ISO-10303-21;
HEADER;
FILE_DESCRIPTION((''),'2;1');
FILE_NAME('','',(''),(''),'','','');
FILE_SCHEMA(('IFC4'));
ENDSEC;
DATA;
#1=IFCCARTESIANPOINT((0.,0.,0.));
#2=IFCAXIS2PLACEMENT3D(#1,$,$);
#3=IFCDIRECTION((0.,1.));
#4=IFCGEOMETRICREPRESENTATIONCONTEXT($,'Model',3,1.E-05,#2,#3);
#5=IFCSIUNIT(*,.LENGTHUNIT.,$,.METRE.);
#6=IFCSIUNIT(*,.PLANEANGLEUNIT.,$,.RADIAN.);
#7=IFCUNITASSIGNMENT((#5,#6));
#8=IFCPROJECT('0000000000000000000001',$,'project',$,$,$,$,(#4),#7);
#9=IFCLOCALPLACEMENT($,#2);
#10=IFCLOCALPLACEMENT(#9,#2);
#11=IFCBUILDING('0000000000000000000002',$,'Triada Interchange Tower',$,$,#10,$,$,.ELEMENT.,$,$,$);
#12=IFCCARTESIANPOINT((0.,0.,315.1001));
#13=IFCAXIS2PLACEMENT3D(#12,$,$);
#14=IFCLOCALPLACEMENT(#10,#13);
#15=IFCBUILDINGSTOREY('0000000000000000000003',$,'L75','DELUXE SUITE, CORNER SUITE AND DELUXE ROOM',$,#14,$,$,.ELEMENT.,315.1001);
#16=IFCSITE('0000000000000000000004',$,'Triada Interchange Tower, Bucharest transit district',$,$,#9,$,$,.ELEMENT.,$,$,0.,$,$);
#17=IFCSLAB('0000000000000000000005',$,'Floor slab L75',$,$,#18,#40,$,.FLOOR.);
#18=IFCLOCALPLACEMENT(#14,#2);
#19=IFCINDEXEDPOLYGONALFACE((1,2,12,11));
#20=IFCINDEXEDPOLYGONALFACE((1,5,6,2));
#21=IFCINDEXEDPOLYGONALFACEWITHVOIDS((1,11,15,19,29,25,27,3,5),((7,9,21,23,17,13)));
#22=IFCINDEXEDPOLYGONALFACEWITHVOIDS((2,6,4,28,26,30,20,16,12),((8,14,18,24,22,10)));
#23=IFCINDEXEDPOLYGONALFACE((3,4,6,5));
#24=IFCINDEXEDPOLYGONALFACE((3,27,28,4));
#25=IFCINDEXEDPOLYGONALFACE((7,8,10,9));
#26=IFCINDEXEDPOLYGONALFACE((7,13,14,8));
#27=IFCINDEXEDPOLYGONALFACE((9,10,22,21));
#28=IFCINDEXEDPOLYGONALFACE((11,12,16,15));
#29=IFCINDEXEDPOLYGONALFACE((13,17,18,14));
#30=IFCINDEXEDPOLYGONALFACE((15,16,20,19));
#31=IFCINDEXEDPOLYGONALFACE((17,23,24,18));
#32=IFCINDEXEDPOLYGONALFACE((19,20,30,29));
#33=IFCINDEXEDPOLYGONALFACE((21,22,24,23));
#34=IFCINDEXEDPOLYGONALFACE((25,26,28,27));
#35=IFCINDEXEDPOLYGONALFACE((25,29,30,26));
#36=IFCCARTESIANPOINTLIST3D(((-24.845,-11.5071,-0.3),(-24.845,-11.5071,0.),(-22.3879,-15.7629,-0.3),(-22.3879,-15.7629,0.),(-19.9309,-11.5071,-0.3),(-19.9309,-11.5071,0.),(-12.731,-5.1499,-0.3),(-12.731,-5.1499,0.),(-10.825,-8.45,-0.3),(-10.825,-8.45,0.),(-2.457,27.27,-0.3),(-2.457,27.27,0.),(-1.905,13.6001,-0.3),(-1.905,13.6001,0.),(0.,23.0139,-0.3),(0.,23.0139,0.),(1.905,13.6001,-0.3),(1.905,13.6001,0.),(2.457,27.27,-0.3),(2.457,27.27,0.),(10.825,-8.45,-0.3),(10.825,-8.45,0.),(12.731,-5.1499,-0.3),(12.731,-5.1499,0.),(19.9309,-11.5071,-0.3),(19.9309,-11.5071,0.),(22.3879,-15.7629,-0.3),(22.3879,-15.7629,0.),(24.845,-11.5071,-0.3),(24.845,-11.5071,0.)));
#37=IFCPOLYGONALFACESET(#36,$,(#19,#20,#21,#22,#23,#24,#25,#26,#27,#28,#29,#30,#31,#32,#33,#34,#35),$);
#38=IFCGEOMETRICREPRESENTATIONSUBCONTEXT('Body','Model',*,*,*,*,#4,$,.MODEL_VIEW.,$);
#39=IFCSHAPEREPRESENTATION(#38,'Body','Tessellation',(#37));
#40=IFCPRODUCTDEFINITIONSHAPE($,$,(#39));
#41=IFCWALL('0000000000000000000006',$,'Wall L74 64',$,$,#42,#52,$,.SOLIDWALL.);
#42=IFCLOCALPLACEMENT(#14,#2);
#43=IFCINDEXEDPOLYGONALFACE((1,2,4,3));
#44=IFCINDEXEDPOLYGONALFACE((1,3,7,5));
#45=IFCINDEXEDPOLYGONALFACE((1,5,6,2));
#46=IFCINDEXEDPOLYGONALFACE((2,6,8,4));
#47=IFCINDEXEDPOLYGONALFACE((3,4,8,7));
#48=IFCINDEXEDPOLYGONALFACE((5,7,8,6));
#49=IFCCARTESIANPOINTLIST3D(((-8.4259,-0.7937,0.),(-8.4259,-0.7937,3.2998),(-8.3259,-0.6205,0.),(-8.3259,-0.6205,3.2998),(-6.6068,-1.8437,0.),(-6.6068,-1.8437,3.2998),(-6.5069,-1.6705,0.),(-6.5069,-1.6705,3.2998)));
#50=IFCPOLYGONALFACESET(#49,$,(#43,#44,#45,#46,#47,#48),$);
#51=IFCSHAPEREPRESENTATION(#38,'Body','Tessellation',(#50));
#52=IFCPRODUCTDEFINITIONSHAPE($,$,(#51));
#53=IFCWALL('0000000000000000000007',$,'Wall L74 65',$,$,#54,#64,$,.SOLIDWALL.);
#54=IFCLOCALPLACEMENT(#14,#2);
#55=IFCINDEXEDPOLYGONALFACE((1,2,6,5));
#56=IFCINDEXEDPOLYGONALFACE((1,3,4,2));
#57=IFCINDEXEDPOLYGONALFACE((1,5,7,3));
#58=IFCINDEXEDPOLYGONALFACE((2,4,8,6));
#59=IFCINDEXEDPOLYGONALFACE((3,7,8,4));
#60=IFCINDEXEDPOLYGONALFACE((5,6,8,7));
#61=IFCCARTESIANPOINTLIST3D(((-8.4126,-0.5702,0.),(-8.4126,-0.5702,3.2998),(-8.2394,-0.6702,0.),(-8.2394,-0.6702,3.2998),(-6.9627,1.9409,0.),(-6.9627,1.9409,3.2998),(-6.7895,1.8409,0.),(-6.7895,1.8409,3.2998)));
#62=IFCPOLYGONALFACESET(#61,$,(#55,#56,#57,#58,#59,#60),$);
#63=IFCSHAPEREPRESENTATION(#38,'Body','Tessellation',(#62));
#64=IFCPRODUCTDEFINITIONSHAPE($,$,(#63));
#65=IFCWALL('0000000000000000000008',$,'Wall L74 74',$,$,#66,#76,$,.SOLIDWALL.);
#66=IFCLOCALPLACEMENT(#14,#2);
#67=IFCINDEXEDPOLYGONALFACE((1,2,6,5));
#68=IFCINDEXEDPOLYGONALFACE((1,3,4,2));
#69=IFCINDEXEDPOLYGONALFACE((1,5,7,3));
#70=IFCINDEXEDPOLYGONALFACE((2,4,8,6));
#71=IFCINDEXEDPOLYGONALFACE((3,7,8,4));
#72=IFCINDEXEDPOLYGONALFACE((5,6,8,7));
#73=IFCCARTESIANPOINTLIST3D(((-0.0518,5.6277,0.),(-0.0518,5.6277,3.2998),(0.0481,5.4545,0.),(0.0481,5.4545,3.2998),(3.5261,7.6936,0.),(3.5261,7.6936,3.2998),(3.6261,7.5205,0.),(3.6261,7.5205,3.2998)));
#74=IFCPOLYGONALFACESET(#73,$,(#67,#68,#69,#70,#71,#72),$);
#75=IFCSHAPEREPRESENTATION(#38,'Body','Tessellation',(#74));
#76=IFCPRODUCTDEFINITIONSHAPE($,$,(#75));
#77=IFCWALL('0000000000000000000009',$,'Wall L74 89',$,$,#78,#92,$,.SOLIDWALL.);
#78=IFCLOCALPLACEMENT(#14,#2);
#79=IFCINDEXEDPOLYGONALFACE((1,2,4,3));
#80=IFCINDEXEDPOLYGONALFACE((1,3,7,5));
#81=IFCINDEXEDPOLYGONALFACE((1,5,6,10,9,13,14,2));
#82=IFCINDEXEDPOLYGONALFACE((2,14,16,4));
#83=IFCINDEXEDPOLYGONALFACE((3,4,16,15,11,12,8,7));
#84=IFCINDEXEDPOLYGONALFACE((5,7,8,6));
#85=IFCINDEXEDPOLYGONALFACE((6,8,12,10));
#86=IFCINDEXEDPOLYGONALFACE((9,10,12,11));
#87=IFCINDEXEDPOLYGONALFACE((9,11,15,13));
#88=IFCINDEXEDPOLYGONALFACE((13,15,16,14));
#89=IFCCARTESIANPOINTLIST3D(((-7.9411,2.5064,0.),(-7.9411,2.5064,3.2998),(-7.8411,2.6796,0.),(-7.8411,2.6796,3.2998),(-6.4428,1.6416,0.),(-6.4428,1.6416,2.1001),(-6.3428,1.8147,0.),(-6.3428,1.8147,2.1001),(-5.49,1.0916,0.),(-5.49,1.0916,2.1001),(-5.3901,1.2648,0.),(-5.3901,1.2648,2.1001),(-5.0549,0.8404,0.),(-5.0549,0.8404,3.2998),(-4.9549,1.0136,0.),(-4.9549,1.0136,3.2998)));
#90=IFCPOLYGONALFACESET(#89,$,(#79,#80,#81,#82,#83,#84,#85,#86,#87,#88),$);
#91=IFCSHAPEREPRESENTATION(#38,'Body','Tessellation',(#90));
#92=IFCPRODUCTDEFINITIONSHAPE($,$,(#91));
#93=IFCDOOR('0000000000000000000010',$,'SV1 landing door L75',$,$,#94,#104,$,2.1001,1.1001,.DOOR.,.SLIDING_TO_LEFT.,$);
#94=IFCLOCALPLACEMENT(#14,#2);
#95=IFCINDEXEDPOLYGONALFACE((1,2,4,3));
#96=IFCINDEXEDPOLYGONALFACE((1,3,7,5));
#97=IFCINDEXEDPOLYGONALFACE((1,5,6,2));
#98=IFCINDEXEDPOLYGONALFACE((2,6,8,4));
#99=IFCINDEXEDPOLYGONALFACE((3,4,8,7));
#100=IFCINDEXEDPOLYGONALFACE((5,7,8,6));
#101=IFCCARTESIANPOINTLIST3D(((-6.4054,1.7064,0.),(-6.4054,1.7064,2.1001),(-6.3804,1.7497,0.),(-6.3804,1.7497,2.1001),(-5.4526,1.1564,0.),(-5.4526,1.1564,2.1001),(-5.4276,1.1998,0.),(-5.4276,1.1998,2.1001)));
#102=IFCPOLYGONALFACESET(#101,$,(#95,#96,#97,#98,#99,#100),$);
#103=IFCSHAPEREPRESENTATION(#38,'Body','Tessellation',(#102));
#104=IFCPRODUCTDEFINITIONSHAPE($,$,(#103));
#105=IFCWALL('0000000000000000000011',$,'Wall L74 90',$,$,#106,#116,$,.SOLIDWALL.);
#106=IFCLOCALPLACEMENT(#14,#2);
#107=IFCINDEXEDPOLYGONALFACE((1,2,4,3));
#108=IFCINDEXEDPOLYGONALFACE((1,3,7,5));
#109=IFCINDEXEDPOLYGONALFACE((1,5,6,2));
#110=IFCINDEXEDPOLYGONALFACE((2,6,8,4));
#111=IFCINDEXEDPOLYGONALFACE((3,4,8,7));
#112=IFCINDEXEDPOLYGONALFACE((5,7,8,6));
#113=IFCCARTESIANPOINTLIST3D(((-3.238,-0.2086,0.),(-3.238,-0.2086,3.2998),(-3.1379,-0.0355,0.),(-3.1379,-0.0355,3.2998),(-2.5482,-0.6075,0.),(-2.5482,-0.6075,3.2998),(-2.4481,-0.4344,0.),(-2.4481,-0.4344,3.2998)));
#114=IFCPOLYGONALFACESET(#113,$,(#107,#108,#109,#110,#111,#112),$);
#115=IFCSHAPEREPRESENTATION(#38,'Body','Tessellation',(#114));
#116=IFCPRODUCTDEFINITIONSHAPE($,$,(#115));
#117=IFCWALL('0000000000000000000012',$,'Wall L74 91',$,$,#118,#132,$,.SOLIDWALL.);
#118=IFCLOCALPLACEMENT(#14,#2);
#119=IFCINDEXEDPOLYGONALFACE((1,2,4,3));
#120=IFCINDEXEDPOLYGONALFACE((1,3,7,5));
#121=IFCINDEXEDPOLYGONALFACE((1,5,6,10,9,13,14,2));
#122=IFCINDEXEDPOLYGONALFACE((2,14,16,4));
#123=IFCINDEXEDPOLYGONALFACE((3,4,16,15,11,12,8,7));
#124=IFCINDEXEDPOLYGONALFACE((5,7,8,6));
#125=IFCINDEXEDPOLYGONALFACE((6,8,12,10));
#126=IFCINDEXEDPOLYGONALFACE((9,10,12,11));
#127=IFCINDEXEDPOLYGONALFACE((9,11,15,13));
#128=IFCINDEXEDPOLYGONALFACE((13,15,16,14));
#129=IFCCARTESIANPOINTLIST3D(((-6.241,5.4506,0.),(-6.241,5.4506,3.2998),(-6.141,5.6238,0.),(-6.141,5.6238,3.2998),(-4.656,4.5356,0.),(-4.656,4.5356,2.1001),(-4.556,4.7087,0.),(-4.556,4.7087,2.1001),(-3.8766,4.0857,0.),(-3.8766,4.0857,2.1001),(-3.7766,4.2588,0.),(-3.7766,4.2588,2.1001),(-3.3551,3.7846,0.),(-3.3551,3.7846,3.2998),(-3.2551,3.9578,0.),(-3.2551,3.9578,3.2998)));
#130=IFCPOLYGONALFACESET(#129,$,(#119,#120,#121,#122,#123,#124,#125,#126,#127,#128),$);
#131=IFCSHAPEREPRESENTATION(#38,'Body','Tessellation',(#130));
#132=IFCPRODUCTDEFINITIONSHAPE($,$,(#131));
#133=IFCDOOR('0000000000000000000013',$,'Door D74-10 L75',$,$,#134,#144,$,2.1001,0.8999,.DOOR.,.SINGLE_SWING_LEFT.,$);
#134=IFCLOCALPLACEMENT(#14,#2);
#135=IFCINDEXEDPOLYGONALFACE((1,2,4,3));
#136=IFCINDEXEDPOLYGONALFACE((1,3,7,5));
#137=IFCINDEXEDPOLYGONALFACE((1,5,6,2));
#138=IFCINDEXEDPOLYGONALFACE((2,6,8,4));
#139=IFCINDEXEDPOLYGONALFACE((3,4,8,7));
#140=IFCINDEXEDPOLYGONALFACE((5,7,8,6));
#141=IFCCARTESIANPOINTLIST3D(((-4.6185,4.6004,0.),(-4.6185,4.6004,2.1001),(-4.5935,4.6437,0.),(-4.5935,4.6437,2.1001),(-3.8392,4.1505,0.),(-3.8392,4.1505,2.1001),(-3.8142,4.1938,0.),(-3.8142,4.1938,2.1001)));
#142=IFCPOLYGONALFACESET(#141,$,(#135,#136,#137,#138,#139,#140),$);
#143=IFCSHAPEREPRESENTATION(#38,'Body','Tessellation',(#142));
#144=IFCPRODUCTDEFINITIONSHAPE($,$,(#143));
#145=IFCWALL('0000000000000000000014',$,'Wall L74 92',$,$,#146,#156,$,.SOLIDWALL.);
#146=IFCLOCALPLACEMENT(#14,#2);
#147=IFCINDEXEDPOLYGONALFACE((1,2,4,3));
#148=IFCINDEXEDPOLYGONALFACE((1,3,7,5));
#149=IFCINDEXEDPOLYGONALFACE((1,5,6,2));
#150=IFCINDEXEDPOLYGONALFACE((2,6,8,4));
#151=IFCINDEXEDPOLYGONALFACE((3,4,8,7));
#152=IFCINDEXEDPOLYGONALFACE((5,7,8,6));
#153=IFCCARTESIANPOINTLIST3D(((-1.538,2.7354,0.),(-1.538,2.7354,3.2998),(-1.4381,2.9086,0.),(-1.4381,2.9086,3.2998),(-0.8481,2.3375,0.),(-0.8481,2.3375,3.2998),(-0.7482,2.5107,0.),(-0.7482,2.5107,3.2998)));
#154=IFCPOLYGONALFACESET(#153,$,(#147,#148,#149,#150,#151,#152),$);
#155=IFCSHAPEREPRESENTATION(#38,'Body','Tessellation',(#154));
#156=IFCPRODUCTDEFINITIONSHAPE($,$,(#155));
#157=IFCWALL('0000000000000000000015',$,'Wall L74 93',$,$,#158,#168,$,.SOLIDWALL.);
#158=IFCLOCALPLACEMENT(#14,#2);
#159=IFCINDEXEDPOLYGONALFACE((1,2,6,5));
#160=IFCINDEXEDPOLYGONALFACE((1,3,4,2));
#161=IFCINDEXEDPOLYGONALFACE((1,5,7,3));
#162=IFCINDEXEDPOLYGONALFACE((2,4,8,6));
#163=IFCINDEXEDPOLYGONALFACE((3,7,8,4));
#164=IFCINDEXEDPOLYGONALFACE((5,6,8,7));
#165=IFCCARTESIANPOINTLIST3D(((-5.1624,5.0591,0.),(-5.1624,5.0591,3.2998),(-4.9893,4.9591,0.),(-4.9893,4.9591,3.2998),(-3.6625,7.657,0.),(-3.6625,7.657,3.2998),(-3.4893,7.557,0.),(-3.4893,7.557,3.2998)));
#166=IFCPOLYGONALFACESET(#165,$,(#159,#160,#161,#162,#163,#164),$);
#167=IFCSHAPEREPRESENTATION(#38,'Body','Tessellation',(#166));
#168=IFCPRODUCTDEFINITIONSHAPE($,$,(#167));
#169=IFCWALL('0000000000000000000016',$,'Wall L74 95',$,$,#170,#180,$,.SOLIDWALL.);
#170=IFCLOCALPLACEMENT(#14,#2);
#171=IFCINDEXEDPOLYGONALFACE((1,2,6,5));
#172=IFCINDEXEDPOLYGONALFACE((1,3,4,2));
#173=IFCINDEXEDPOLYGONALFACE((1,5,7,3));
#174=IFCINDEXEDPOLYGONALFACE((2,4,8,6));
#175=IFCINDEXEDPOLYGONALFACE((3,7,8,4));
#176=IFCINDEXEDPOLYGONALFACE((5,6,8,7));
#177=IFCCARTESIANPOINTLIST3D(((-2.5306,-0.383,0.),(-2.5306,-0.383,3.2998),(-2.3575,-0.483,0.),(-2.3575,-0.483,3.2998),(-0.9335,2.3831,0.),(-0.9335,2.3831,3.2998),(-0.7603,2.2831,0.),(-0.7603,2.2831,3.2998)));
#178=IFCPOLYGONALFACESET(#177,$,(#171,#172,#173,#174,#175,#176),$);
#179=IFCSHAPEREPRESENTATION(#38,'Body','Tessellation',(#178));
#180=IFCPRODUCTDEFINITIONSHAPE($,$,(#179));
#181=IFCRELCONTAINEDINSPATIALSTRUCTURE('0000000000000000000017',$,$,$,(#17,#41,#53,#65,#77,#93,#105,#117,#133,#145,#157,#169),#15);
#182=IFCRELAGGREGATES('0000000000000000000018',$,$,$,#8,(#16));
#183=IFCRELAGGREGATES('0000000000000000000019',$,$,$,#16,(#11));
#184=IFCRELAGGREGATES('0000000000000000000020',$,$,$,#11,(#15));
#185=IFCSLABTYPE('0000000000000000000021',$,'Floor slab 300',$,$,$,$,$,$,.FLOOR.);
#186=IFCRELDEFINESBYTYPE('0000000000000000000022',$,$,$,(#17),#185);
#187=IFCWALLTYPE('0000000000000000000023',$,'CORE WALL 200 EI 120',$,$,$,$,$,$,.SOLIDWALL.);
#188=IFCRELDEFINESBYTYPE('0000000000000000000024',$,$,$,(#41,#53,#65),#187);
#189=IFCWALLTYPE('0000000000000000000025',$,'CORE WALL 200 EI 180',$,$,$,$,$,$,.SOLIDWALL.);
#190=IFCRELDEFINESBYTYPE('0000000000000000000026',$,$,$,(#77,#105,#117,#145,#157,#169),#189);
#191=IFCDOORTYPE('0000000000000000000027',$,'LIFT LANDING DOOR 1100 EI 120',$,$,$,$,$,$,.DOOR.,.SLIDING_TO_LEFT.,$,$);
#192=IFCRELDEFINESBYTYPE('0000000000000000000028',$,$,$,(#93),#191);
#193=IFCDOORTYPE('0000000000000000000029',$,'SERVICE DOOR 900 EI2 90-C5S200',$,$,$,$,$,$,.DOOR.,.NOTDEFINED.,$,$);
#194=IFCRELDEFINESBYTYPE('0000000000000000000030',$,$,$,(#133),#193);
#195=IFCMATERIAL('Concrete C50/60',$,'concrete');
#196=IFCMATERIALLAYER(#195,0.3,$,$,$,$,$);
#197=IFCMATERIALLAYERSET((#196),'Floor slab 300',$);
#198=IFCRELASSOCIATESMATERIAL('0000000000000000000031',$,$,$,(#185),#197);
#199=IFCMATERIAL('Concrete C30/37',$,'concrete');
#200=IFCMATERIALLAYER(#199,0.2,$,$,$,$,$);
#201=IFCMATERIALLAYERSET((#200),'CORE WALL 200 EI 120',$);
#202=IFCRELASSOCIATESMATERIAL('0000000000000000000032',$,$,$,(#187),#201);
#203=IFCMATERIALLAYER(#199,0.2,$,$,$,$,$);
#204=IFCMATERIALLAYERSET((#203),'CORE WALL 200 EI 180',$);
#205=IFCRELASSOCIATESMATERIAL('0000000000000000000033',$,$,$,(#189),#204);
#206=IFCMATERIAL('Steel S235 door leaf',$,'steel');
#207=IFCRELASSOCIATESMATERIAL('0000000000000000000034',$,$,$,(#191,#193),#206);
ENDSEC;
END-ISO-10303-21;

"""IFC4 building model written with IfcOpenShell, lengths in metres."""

from ifc_helpers import new_model, si_unit, direction, frame, frame_2d, origin, place, context, subcontext, project, spatial, polyline, rectangle, outline, extrude, material, layer, layer_set, type_object, element, fill, save


model = new_model("IFC4")

# Units and contexts
model_context = context("Model", 3, precision=1e-05, world=origin(), true_north=direction((0.0, 1.0)))
body_context = subcontext(model_context, "Body", "Model", "MODEL_VIEW")
ifc_project = project(units=[si_unit("LENGTHUNIT", "METRE"), si_unit("PLANEANGLEUNIT", "RADIAN")], contexts=[model_context])

# Site, building, storey
site_placement = place(None, origin())
site = spatial("IfcSite", under=ifc_project, at=site_placement, Name="Triada Interchange Tower, Bucharest transit district", CompositionType="ELEMENT", RefElevation=0.0)
building_placement = place(site_placement, origin())
building = spatial("IfcBuilding", under=site, at=building_placement, Name="Triada Interchange Tower", CompositionType="ELEMENT")
storey_placement = place(building_placement, frame((0.0, 0.0, 315.1001)))
storey = spatial("IfcBuildingStorey", under=building, at=storey_placement, Name="L75", Description="DELUXE SUITE, CORNER SUITE AND DELUXE ROOM", CompositionType="ELEMENT", Elevation=315.1001)

# Slab
ifc_material_1 = material(Name="Concrete C50/60", Category="concrete")
ifc_layer_1 = layer(ifc_material_1, 0.3)
ifc_layer_set_1 = layer_set([ifc_layer_1], Name="Floor slab 300")
slab_type = type_object("IfcSlabType", Name="Floor slab 300", PredefinedType="FLOOR", material=ifc_layer_set_1)
slab_placement = place(storey_placement, frame((0.0, 0.0, -0.3)))
element("IfcSlab", 1, at=slab_placement, inside=storey, type_object=slab_type, Name="Floor slab L75", PredefinedType="FLOOR", context=body_context, shape_type="SweptSolid", body=[
    extrude(outline(polyline([(-2.457, 27.27), (-24.845, -11.5071), (-19.9309, -11.5071), (-22.3879, -15.7629), (22.3879, -15.7629), (19.9309, -11.5071), (24.845, -11.5071), (2.457, 27.27), (0.0, 23.0139), (-2.457, 27.27)]), holes=[polyline([(1.905, 13.6001), (-1.905, 13.6001), (-12.731, -5.1499), (-10.825, -8.45), (10.825, -8.45), (12.731, -5.1499), (1.905, 13.6001)])]), origin(), (0.0, 0.0, 1.0), 0.3),
])

# Walls
ifc_material_2 = material(Name="Concrete C30/37", Category="concrete")
ifc_layer_2 = layer(ifc_material_2, 0.2)
ifc_layer_set_2 = layer_set([ifc_layer_2], Name="CORE WALL 200 EI 120")
wall_type_1 = type_object("IfcWallType", Name="CORE WALL 200 EI 120", PredefinedType="SOLIDWALL", material=ifc_layer_set_2)
wall_1_placement = place(storey_placement, frame((-8.376, -0.707, 0.0), z_axis=(0.0, 0.0, 1.0), x_axis=(0.866068, -0.499927, 0.0)))
element("IfcWall", 2, at=wall_1_placement, inside=storey, type_object=wall_type_1, Name="Wall L74 64", PredefinedType="SOLIDWALL", context=body_context, shape_type="SweptSolid", body=[
    extrude(rectangle(XDim=2.1003, YDim=0.2, at=frame_2d((1.0503, 0.0))), origin(), (0.0, 0.0, 1.0), 3.2998),
])
wall_2_placement = place(storey_placement, frame((-8.3259, -0.6201, 0.0), z_axis=(0.0, 0.0, 1.0), x_axis=(0.500024, 0.866012, 0.0)))
element("IfcWall", 3, at=wall_2_placement, inside=storey, type_object=wall_type_1, Name="Wall L74 65", PredefinedType="SOLIDWALL", context=body_context, shape_type="SweptSolid", body=[
    extrude(rectangle(XDim=2.8997, YDim=0.2, at=frame_2d((1.4497, 0.0))), origin(), (0.0, 0.0, 1.0), 3.2998),
])
wall_3_placement = place(storey_placement, frame((-0.002, 5.541, 0.0), z_axis=(0.0, 0.0, 1.0), x_axis=(0.866002, 0.500041, 0.0)))
element("IfcWall", 4, at=wall_3_placement, inside=storey, type_object=wall_type_1, Name="Wall L74 74", PredefinedType="SOLIDWALL", context=body_context, shape_type="SweptSolid", body=[
    extrude(rectangle(XDim=4.1316, YDim=0.2, at=frame_2d((2.0659, 0.0))), origin(), (0.0, 0.0, 1.0), 3.2998),
])

# Wall, opening, door
ifc_layer_3 = layer(ifc_material_2, 0.2)
ifc_layer_set_3 = layer_set([ifc_layer_3], Name="CORE WALL 200 EI 180")
wall_type_2 = type_object("IfcWallType", Name="CORE WALL 200 EI 180", PredefinedType="SOLIDWALL", material=ifc_layer_set_3)
wall_4_placement = place(storey_placement, frame((-7.8911, 2.593, 0.0), z_axis=(0.0, 0.0, 1.0), x_axis=(0.866071, -0.499921, 0.0)))
wall_4 = element("IfcWall", 5, at=wall_4_placement, inside=storey, type_object=wall_type_2, Name="Wall L74 89", PredefinedType="SOLIDWALL", context=body_context, shape_type="SweptSolid", body=[
    extrude(rectangle(XDim=3.3325, YDim=0.2, at=frame_2d((1.6663, 0.0))), origin(), (0.0, 0.0, 1.0), 3.2998),
])
opening_1_placement = place(wall_4_placement, frame((1.73, 0.0, 0.0)))
opening_1 = element("IfcOpeningElement", 6, at=opening_1_placement, cuts=wall_4, PredefinedType="OPENING", context=body_context, shape_type="SweptSolid", body=[
    extrude(rectangle(XDim=1.1001, YDim=2.1001, at=frame_2d((0.55, 1.05))), frame((0.0, 0.1099, 0.0), z_axis=(0.0, -1.0, 0.0), x_axis=(1.0, 0.0, 0.0)), (0.0, 0.0, 1.0), 0.22),
])
ifc_material_3 = material(Name="Steel S235 door leaf", Category="steel")
door_type_1 = type_object("IfcDoorType", Name="LIFT LANDING DOOR 1100 EI 120", OperationType="SLIDING_TO_LEFT", PredefinedType="DOOR", material=ifc_material_3)
door_1_placement = place(opening_1_placement, origin())
door_1 = element("IfcDoor", 7, at=door_1_placement, inside=storey, type_object=door_type_1, Name="SV1 landing door L75", OperationType="SLIDING_TO_LEFT", OverallHeight=2.1001, OverallWidth=1.1001, PredefinedType="DOOR", context=body_context, shape_type="SweptSolid", body=[
    extrude(rectangle(XDim=1.1001, YDim=2.1001, at=frame_2d((0.55, 1.05))), frame((0.0, 0.0249, 0.0), z_axis=(0.0, -1.0, 0.0), x_axis=(1.0, 0.0, 0.0)), (0.0, 0.0, 1.0), 0.05),
])
fill(opening_1, door_1)

# Wall
wall_5_placement = place(storey_placement, frame((-3.188, -0.1221, 0.0), z_axis=(0.0, 0.0, 1.0), x_axis=(0.865706, -0.500553, 0.0)))
element("IfcWall", 8, at=wall_5_placement, inside=storey, type_object=wall_type_2, Name="Wall L74 90", PredefinedType="SOLIDWALL", context=body_context, shape_type="SweptSolid", body=[
    extrude(rectangle(XDim=0.7969, YDim=0.2, at=frame_2d((0.3984, 0.0))), origin(), (0.0, 0.0, 1.0), 3.2998),
])

# Wall, opening, door
wall_6_placement = place(storey_placement, frame((-6.1909, 5.5371, 0.0), z_axis=(0.0, 0.0, 1.0), x_axis=(0.866053, -0.499953, 0.0)))
wall_6 = element("IfcWall", 9, at=wall_6_placement, inside=storey, type_object=wall_type_2, Name="Wall L74 91", PredefinedType="SOLIDWALL", context=body_context, shape_type="SweptSolid", body=[
    extrude(rectangle(XDim=3.3323, YDim=0.2, at=frame_2d((1.666, 0.0))), origin(), (0.0, 0.0, 1.0), 3.2998),
])
opening_2_placement = place(wall_6_placement, frame((1.8301, 0.0, 0.0)))
opening_2 = element("IfcOpeningElement", 10, at=opening_2_placement, cuts=wall_6, PredefinedType="OPENING", context=body_context, shape_type="SweptSolid", body=[
    extrude(rectangle(XDim=0.8999, YDim=2.1001, at=frame_2d((0.45, 1.05))), frame((0.0, 0.1099, 0.0), z_axis=(0.0, -1.0, 0.0), x_axis=(1.0, 0.0, 0.0)), (0.0, 0.0, 1.0), 0.22),
])
door_type_2 = type_object("IfcDoorType", Name="SERVICE DOOR 900 EI2 90-C5S200", OperationType="NOTDEFINED", PredefinedType="DOOR", material=ifc_material_3)
door_2_placement = place(opening_2_placement, origin())
door_2 = element("IfcDoor", 11, at=door_2_placement, inside=storey, type_object=door_type_2, Name="Door D74-10 L75", OperationType="SINGLE_SWING_LEFT", OverallHeight=2.1001, OverallWidth=0.8999, PredefinedType="DOOR", context=body_context, shape_type="SweptSolid", body=[
    extrude(rectangle(XDim=0.8999, YDim=2.1001, at=frame_2d((0.45, 1.05))), frame((0.0, 0.0249, 0.0), z_axis=(0.0, -1.0, 0.0), x_axis=(1.0, 0.0, 0.0)), (0.0, 0.0, 1.0), 0.05),
])
fill(opening_2, door_2)

# Walls
wall_7_placement = place(storey_placement, frame((-1.488, 2.822, 0.0), z_axis=(0.0, 0.0, 1.0), x_axis=(0.866237, -0.499634, 0.0)))
element("IfcWall", 12, at=wall_7_placement, inside=storey, type_object=wall_type_2, Name="Wall L74 92", PredefinedType="SOLIDWALL", context=body_context, shape_type="SweptSolid", body=[
    extrude(rectangle(XDim=0.7964, YDim=0.2, at=frame_2d((0.3982, 0.0))), origin(), (0.0, 0.0, 1.0), 3.2998),
])
wall_8_placement = place(storey_placement, frame((-5.0759, 5.009, 0.0), z_axis=(0.0, 0.0, 1.0), x_axis=(0.500025, 0.866011, 0.0)))
element("IfcWall", 13, at=wall_8_placement, inside=storey, type_object=wall_type_2, Name="Wall L74 93", PredefinedType="SOLIDWALL", context=body_context, shape_type="SweptSolid", body=[
    extrude(rectangle(XDim=2.9998, YDim=0.2, at=frame_2d((1.5, 0.0))), origin(), (0.0, 0.0, 1.0), 3.2998),
])
wall_9_placement = place(storey_placement, frame((-2.4441, -0.4331, 0.0), z_axis=(0.0, 0.0, 1.0), x_axis=(0.500036, 0.866005, 0.0)))
element("IfcWall", 14, at=wall_9_placement, inside=storey, type_object=wall_type_2, Name="Wall L74 95", PredefinedType="SOLIDWALL", context=body_context, shape_type="SweptSolid", body=[
    extrude(rectangle(XDim=3.1941, YDim=0.2, at=frame_2d((1.5972, 0.0))), origin(), (0.0, 0.0, 1.0), 3.2998),
])

save(model, "model.ifc")
